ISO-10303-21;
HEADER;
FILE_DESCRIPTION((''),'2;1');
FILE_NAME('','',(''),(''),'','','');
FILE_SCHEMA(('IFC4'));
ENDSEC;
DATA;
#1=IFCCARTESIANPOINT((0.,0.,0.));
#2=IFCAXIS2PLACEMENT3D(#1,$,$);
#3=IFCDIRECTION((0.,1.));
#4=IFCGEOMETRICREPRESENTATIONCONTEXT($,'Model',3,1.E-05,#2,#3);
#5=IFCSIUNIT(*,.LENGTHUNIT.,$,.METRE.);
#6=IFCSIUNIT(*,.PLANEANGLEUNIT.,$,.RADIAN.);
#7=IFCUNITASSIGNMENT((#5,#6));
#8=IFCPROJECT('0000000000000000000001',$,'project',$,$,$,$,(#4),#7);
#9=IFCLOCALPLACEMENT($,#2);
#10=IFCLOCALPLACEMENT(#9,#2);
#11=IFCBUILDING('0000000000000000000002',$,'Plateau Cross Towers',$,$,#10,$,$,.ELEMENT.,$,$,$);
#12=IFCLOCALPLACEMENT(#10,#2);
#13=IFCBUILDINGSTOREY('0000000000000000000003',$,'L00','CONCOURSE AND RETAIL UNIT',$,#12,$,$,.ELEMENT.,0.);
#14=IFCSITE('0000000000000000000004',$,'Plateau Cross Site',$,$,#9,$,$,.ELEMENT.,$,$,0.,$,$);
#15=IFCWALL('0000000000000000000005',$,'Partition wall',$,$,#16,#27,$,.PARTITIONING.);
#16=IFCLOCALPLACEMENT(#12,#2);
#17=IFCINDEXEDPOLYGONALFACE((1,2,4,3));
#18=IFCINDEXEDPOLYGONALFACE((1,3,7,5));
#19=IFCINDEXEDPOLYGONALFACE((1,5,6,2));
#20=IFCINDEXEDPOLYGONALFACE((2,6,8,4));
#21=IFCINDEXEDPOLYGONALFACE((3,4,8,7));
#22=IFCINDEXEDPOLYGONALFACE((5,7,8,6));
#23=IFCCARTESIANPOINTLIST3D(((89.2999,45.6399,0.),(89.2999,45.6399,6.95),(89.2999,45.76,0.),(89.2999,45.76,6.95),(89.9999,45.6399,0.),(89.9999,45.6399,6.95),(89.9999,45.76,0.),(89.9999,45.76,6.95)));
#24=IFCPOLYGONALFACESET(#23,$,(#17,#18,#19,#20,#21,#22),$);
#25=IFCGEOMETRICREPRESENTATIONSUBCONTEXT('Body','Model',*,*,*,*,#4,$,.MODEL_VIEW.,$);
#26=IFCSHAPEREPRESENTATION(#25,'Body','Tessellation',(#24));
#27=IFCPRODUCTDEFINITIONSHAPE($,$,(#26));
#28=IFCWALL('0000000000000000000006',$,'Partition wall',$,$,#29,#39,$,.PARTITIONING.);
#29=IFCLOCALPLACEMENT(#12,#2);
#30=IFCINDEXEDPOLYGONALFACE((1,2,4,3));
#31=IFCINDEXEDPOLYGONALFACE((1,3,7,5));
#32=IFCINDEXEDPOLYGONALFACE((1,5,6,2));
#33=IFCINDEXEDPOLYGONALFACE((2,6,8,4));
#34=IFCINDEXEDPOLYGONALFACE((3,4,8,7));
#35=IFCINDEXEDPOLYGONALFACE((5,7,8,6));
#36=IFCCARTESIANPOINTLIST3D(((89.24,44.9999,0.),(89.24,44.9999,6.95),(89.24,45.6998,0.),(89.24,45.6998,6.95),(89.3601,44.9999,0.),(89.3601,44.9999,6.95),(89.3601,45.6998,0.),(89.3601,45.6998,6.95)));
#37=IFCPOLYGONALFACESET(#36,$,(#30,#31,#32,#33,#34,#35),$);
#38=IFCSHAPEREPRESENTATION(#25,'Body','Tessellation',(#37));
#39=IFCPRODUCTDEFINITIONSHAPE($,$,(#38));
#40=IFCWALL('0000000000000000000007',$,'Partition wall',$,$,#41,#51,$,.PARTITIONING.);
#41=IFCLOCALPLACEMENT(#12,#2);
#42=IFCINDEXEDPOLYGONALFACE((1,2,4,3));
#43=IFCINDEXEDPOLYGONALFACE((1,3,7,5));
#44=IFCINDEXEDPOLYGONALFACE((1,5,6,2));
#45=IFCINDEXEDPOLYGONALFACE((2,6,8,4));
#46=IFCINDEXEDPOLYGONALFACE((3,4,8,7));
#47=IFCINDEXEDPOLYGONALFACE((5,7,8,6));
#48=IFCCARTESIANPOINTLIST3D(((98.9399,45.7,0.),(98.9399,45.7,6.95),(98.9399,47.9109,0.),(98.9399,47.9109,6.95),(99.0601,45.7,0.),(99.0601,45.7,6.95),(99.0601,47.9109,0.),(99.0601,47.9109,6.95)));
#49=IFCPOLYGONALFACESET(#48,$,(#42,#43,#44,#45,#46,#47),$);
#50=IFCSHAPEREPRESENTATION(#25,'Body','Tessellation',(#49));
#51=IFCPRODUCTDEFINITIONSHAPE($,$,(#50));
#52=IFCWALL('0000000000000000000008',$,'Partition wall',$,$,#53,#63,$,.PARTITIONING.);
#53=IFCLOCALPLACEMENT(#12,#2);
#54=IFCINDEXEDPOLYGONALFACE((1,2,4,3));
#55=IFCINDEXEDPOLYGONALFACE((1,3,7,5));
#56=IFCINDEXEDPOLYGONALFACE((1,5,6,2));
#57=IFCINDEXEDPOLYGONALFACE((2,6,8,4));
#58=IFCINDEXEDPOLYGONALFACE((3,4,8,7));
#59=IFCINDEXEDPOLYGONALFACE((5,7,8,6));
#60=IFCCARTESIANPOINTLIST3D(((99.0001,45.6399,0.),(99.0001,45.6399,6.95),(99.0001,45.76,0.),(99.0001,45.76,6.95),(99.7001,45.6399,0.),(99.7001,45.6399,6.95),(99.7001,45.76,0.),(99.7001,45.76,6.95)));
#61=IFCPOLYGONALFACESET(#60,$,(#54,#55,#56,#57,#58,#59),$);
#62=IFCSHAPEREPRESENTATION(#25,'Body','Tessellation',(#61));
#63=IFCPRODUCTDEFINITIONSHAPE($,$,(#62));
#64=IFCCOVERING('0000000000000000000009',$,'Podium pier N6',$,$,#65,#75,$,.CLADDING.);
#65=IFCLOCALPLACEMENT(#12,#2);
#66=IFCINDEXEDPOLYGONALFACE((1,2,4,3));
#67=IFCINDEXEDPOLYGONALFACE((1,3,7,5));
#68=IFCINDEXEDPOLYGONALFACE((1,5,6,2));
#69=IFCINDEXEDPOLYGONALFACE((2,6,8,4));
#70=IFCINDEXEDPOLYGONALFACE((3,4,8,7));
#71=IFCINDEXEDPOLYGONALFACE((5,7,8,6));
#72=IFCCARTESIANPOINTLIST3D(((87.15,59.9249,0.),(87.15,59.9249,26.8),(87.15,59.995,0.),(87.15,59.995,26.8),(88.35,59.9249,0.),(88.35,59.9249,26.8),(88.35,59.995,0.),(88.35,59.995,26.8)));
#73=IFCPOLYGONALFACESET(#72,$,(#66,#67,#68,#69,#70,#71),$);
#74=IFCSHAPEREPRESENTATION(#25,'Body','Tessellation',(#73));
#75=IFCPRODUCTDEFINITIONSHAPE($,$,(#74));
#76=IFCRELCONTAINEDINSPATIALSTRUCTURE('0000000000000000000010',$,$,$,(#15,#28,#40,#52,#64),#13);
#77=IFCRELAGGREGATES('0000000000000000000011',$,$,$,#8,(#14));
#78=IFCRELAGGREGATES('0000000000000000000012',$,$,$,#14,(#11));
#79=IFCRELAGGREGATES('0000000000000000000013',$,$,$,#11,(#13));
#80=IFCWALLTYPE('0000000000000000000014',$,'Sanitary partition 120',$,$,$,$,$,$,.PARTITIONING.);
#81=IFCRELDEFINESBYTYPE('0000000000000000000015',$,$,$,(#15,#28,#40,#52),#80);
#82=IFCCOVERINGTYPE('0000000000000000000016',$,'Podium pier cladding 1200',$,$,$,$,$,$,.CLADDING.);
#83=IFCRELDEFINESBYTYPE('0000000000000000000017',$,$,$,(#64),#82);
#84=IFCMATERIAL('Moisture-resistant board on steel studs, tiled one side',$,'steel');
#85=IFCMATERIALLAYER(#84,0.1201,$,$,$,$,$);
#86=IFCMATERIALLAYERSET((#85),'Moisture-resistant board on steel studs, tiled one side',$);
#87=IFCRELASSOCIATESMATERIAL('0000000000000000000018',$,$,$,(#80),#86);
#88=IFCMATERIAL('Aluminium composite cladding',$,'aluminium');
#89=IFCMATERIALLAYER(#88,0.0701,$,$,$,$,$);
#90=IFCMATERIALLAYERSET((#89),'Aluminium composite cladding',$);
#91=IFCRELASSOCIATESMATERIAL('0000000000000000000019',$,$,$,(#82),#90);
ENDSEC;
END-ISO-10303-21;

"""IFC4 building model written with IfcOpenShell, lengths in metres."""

from ifc_helpers import new_model, si_unit, direction, frame, frame_2d, origin, origin_2d, place, context, subcontext, project, spatial, rectangle, extrude, material, layer, layer_set, type_object, element, save


model = new_model("IFC4")

# Units and contexts
model_context = context("Model", 3, precision=1e-05, world=origin(), true_north=direction((0.0, 1.0)))
body_context = subcontext(model_context, "Body", "Model", "MODEL_VIEW")
ifc_project = project(units=[si_unit("LENGTHUNIT", "METRE"), si_unit("PLANEANGLEUNIT", "RADIAN")], contexts=[model_context])

# Site, building, storey
site_placement = place(None, origin())
site = spatial("IfcSite", under=ifc_project, at=site_placement, Name="Plateau Cross Site", CompositionType="ELEMENT", RefElevation=0.0)
building_placement = place(site_placement, origin())
building = spatial("IfcBuilding", under=site, at=building_placement, Name="Plateau Cross Towers", CompositionType="ELEMENT")
storey_placement = place(building_placement, origin())
storey = spatial("IfcBuildingStorey", under=building, at=storey_placement, Name="L00", Description="CONCOURSE AND RETAIL UNIT", CompositionType="ELEMENT", Elevation=0.0)

# Shared definitions
ifc_material_1 = material(Name="Moisture-resistant board on steel studs, tiled one side", Category="steel")
ifc_layer_1 = layer(ifc_material_1, 0.1201)
ifc_layer_set_1 = layer_set([ifc_layer_1], Name="Moisture-resistant board on steel studs, tiled one side")
wall_type_1 = type_object("IfcWallType", Name="Sanitary partition 120", PredefinedType="PARTITIONING", material=ifc_layer_set_1)

# Walls
for number, where, z_axis, x_axis, name in (
    (1, (90.0, 45.7, 0.0), (0.0, 0.0, 1.0), (-1.0, 0.0, 0.0), "Partition wall"),
    (2, (89.3, 45.7, 0.0), (0.0, 0.0, 1.0), (0.0, -1.0, 0.0), "Partition wall"),
):
    element("IfcWall", number, at=place(storey_placement, frame(where, z_axis=z_axis, x_axis=x_axis)), inside=storey, type_object=wall_type_1, Name=name, PredefinedType="PARTITIONING", context=body_context, shape_type="SweptSolid", body=[
        extrude(rectangle(XDim=0.7, YDim=0.1201, at=frame_2d((0.3501, 0.0))), origin(), (0.0, 0.0, 1.0), 6.95),
    ])
wall_1_placement = place(storey_placement, frame((99.0, 47.9109, 0.0), z_axis=(0.0, 0.0, 1.0), x_axis=(0.0, -1.0, 0.0)))
element("IfcWall", 3, at=wall_1_placement, inside=storey, type_object=wall_type_1, Name="Partition wall", PredefinedType="PARTITIONING", context=body_context, shape_type="SweptSolid", body=[
    extrude(rectangle(XDim=2.2109, YDim=0.1201, at=frame_2d((1.1055, 0.0))), origin(), (0.0, 0.0, 1.0), 6.95),
])
wall_2_placement = place(storey_placement, frame((99.0, 45.7, 0.0), z_axis=(0.0, 0.0, 1.0), x_axis=(1.0, 0.0, 0.0)))
element("IfcWall", 4, at=wall_2_placement, inside=storey, type_object=wall_type_1, Name="Partition wall", PredefinedType="PARTITIONING", context=body_context, shape_type="SweptSolid", body=[
    extrude(rectangle(XDim=0.7, YDim=0.1201, at=frame_2d((0.3501, 0.0))), origin(), (0.0, 0.0, 1.0), 6.95),
])

# Covering
ifc_material_2 = material(Name="Aluminium composite cladding", Category="aluminium")
ifc_layer_2 = layer(ifc_material_2, 0.0701)
ifc_layer_set_2 = layer_set([ifc_layer_2], Name="Aluminium composite cladding")
covering_type = type_object("IfcCoveringType", Name="Podium pier cladding 1200", PredefinedType="CLADDING", material=ifc_layer_set_2)
covering_placement = place(storey_placement, frame((87.75, 59.96, 0.0), z_axis=(0.0, 0.0, 1.0), x_axis=(-1.0, 0.0, 0.0)))
element("IfcCovering", 5, at=covering_placement, inside=storey, type_object=covering_type, Name="Podium pier N6", PredefinedType="CLADDING", context=body_context, shape_type="SweptSolid", body=[
    extrude(rectangle(XDim=1.2, YDim=0.0701, at=origin_2d()), origin(), (0.0, 0.0, 1.0), 26.8),
])

save(model, "model.ifc")
